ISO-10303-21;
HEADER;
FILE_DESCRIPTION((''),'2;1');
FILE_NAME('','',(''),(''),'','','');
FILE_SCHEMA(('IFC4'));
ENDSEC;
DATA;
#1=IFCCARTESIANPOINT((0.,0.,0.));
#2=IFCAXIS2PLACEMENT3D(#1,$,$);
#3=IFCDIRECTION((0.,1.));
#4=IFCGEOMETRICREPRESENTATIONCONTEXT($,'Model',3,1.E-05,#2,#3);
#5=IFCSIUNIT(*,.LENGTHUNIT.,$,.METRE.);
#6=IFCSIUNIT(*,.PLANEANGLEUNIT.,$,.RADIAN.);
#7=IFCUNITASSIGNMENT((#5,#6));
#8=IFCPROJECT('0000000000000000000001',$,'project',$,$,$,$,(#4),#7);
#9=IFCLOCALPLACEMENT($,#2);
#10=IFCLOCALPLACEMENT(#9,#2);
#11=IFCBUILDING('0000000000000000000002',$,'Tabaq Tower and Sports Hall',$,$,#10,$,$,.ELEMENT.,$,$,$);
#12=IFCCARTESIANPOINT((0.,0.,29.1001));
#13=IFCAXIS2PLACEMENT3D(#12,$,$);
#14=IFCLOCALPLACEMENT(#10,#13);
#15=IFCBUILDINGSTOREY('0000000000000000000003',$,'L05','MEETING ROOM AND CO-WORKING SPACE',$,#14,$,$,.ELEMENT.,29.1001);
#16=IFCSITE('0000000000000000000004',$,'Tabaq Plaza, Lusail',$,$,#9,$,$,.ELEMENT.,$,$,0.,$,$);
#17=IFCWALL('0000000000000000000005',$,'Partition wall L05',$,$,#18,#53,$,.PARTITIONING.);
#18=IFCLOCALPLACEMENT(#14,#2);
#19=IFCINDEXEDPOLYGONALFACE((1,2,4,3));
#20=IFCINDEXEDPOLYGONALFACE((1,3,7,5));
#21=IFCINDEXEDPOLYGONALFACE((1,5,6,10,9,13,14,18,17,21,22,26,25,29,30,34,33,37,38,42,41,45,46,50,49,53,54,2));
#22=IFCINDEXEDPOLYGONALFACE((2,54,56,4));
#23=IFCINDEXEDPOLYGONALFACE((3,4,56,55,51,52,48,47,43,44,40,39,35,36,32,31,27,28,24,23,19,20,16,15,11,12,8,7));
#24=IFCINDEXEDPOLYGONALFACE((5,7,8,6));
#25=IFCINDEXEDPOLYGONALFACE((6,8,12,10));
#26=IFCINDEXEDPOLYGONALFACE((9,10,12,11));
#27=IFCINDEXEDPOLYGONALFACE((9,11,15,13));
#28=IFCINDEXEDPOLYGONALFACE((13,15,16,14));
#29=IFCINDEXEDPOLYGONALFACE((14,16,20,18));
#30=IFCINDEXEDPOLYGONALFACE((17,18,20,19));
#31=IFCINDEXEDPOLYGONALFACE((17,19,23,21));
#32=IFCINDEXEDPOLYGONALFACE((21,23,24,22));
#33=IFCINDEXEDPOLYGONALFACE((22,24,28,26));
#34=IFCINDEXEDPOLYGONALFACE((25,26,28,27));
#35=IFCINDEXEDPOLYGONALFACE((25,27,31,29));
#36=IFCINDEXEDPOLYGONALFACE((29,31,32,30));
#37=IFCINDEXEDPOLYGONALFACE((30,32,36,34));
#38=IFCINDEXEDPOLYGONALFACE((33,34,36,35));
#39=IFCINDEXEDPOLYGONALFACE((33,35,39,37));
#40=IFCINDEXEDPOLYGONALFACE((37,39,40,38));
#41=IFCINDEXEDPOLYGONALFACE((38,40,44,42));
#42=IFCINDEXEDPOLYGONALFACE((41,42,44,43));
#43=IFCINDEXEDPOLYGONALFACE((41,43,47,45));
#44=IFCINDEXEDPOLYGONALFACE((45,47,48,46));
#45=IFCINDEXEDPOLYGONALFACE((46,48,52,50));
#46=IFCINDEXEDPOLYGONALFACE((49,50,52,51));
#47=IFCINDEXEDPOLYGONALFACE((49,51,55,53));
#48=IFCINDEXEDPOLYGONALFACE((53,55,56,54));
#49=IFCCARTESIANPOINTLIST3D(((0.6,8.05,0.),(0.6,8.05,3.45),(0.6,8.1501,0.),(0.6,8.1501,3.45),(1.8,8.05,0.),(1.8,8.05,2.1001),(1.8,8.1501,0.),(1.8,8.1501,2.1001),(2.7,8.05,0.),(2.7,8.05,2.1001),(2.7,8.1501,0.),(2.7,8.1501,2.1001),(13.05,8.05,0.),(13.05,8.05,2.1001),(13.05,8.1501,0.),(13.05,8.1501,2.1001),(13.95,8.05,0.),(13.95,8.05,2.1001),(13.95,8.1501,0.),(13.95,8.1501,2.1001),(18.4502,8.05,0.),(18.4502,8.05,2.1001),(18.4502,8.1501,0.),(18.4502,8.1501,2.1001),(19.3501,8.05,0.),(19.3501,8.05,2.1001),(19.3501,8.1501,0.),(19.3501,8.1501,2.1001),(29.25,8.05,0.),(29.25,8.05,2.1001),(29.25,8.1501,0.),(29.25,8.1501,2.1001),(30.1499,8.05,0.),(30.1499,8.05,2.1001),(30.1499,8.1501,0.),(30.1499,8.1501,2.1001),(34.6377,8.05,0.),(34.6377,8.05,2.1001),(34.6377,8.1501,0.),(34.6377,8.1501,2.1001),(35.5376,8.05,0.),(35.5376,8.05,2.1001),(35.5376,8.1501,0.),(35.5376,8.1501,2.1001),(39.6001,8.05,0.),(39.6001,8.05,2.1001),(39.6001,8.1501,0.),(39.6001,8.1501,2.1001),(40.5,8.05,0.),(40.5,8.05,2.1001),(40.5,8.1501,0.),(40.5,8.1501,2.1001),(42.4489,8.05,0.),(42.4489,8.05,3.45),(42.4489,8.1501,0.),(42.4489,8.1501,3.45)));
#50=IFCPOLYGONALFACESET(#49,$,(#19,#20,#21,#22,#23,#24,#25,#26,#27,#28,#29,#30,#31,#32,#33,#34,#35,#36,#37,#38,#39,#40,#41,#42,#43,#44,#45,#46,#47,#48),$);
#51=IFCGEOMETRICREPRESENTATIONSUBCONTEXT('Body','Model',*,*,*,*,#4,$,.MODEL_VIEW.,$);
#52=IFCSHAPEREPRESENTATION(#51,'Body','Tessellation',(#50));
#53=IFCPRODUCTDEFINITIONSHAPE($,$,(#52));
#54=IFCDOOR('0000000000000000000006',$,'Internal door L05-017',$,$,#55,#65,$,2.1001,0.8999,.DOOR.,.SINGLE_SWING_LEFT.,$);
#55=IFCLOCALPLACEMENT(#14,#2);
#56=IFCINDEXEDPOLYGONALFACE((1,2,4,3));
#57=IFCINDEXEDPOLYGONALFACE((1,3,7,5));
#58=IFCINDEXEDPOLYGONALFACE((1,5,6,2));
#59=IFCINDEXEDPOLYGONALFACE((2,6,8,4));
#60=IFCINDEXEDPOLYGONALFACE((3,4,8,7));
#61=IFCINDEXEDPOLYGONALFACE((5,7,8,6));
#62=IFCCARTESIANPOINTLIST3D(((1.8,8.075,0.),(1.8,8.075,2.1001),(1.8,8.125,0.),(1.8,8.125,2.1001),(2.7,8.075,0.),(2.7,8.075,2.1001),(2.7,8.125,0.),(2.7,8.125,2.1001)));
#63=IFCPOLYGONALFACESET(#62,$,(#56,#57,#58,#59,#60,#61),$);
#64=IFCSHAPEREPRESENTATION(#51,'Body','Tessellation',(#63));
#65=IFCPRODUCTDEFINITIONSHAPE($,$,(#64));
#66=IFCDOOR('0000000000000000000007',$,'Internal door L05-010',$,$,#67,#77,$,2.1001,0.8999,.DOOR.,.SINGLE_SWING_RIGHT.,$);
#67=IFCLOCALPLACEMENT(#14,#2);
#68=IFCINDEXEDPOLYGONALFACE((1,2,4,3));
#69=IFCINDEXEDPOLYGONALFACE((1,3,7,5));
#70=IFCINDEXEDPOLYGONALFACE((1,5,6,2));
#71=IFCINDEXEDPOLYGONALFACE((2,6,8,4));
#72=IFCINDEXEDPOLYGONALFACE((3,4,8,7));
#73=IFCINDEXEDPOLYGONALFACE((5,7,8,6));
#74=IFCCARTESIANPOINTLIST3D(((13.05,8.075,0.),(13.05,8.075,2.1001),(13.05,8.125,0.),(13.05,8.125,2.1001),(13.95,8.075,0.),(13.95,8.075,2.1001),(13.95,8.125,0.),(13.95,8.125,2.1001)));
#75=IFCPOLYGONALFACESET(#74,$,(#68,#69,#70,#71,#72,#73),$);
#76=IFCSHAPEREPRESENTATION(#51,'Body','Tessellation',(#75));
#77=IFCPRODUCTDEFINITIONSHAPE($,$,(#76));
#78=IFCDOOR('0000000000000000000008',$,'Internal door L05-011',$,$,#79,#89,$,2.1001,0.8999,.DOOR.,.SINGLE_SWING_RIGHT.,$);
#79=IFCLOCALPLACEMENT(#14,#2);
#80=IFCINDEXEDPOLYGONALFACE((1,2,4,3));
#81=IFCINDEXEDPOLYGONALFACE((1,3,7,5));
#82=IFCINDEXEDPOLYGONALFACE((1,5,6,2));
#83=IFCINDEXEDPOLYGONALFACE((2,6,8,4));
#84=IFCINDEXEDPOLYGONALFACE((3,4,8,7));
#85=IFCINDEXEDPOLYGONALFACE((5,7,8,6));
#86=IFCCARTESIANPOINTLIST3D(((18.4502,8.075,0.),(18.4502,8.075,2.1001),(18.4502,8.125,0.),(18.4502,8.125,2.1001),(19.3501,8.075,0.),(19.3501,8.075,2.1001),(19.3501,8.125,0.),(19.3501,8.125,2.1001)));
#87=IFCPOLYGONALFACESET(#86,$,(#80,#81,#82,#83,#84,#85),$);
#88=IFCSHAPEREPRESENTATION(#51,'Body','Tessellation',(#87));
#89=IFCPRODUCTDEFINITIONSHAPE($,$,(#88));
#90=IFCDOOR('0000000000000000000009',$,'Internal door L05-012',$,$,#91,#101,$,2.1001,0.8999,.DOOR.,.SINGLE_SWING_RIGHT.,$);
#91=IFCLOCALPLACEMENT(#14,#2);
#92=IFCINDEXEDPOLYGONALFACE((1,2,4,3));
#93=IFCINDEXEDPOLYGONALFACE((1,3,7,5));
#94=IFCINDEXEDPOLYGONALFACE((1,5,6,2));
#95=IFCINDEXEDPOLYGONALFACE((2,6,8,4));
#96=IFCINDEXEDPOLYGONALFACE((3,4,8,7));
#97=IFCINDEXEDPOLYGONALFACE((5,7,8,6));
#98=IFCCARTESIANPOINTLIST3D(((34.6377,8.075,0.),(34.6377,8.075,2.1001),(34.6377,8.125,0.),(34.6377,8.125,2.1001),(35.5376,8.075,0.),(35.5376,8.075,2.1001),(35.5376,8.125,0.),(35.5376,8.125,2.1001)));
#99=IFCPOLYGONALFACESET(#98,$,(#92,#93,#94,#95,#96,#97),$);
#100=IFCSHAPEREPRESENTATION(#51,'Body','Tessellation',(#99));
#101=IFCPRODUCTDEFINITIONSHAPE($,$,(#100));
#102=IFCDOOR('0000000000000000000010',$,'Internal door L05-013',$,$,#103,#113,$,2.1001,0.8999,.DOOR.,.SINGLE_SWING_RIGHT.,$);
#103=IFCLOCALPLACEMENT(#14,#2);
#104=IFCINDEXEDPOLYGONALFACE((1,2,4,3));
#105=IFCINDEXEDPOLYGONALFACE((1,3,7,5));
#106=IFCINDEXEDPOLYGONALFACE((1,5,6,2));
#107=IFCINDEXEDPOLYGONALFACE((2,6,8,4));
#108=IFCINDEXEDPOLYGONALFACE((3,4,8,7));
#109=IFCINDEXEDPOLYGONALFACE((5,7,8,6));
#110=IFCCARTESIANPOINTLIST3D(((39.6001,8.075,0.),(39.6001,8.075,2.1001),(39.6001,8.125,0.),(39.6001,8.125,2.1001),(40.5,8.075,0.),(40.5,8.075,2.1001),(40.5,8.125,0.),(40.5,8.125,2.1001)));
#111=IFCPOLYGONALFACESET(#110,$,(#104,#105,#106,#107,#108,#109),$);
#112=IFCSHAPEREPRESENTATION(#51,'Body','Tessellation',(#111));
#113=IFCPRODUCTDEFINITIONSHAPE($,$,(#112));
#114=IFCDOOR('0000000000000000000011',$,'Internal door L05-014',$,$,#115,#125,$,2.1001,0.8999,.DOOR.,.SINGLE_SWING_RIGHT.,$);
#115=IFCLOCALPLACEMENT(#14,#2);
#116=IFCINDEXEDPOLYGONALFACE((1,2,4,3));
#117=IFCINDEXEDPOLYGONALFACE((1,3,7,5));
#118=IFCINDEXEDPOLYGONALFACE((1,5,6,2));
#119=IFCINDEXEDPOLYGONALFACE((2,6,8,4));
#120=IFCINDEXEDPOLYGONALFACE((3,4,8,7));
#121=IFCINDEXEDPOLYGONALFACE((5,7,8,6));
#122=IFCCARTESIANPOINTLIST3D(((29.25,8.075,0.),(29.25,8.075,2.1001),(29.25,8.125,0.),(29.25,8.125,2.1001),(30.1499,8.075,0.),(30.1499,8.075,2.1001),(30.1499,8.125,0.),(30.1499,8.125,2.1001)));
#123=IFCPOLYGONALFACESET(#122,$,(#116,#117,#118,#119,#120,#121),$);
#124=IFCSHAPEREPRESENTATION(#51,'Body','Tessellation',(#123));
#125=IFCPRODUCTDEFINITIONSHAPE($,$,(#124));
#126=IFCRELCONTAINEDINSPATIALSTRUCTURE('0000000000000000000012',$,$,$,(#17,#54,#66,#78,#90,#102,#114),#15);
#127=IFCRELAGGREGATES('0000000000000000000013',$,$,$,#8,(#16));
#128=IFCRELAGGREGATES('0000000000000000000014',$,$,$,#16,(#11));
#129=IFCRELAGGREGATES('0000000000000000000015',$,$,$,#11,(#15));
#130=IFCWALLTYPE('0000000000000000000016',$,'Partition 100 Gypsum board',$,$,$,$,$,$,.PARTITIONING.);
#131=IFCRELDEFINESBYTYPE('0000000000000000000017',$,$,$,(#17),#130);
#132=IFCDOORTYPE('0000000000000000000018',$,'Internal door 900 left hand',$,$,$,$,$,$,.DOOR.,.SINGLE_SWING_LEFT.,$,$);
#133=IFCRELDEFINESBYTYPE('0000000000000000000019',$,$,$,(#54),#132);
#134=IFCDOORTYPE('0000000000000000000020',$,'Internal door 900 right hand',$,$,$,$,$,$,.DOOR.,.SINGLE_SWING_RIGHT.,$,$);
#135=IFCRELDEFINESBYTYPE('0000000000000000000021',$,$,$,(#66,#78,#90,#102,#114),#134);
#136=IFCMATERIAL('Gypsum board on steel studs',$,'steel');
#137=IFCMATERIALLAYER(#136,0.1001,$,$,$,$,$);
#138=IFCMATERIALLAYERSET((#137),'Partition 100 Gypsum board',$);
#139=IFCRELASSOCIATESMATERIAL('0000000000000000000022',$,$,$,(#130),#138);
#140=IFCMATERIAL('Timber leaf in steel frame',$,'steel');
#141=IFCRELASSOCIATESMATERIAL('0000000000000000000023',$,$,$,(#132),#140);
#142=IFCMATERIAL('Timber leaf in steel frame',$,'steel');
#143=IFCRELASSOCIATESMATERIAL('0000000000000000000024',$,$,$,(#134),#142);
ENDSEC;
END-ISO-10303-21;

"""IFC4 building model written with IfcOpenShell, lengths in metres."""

from ifc_helpers import new_model, si_unit, direction, frame, frame_2d, origin, place, context, subcontext, project, spatial, rectangle, extrude, material, layer, layer_set, type_object, element, fill, save


model = new_model("IFC4")

# Units and contexts
model_context = context("Model", 3, precision=1e-05, world=origin(), true_north=direction((0.0, 1.0)))
body_context = subcontext(model_context, "Body", "Model", "MODEL_VIEW")
ifc_project = project(units=[si_unit("LENGTHUNIT", "METRE"), si_unit("PLANEANGLEUNIT", "RADIAN")], contexts=[model_context])

# Site, building, storey
site_placement = place(None, origin())
site = spatial("IfcSite", under=ifc_project, at=site_placement, Name="Tabaq Plaza, Lusail", CompositionType="ELEMENT", RefElevation=0.0)
building_placement = place(site_placement, origin())
building = spatial("IfcBuilding", under=site, at=building_placement, Name="Tabaq Tower and Sports Hall", CompositionType="ELEMENT")
storey_placement = place(building_placement, frame((0.0, 0.0, 29.1001)))
storey = spatial("IfcBuildingStorey", under=building, at=storey_placement, Name="L05", Description="MEETING ROOM AND CO-WORKING SPACE", CompositionType="ELEMENT", Elevation=29.1001)

# Wall, openings, doors
ifc_material_1 = material(Name="Gypsum board on steel studs", Category="steel")
ifc_layer_1 = layer(ifc_material_1, 0.1001)
ifc_layer_set_1 = layer_set([ifc_layer_1], Name="Partition 100 Gypsum board")
wall_type = type_object("IfcWallType", Name="Partition 100 Gypsum board", PredefinedType="PARTITIONING", material=ifc_layer_set_1)
wall_placement = place(storey_placement, frame((0.6001, 8.1001, 0.0), z_axis=(0.0, 0.0, 1.0), x_axis=(1.0, 0.0, 0.0)))
wall = element("IfcWall", 1, at=wall_placement, inside=storey, type_object=wall_type, Name="Partition wall L05", PredefinedType="PARTITIONING", context=body_context, shape_type="SweptSolid", body=[
    extrude(rectangle(XDim=41.8489, YDim=0.1001, at=frame_2d((20.9243, 0.0))), origin(), (0.0, 0.0, 1.0), 3.45),
])
opening_1_placement = place(wall_placement, frame((12.45, 0.0, 0.0)))
opening_1 = element("IfcOpeningElement", 2, at=opening_1_placement, cuts=wall, PredefinedType="OPENING", context=body_context, shape_type="SweptSolid", body=[
    extrude(rectangle(XDim=0.8999, YDim=2.1001, at=frame_2d((0.45, 1.05))), frame((0.0, 0.05, 0.0), z_axis=(0.0, -1.0, 0.0), x_axis=(1.0, 0.0, 0.0)), (0.0, 0.0, 1.0), 0.1001),
])
opening_2_placement = place(wall_placement, frame((17.8501, 0.0, 0.0)))
opening_2 = element("IfcOpeningElement", 3, at=opening_2_placement, cuts=wall, PredefinedType="OPENING", context=body_context, shape_type="SweptSolid", body=[
    extrude(rectangle(XDim=0.8999, YDim=2.1001, at=frame_2d((0.45, 1.05))), frame((0.0, 0.05, 0.0), z_axis=(0.0, -1.0, 0.0), x_axis=(1.0, 0.0, 0.0)), (0.0, 0.0, 1.0), 0.1001),
])
opening_3_placement = place(wall_placement, frame((34.0376, 0.0, 0.0)))
opening_3 = element("IfcOpeningElement", 4, at=opening_3_placement, cuts=wall, PredefinedType="OPENING", context=body_context, shape_type="SweptSolid", body=[
    extrude(rectangle(XDim=0.8999, YDim=2.1001, at=frame_2d((0.45, 1.05))), frame((0.0, 0.05, 0.0), z_axis=(0.0, -1.0, 0.0), x_axis=(1.0, 0.0, 0.0)), (0.0, 0.0, 1.0), 0.1001),
])
opening_4_placement = place(wall_placement, frame((39.0, 0.0, 0.0)))
opening_4 = element("IfcOpeningElement", 5, at=opening_4_placement, cuts=wall, PredefinedType="OPENING", context=body_context, shape_type="SweptSolid", body=[
    extrude(rectangle(XDim=0.8999, YDim=2.1001, at=frame_2d((0.45, 1.05))), frame((0.0, 0.05, 0.0), z_axis=(0.0, -1.0, 0.0), x_axis=(1.0, 0.0, 0.0)), (0.0, 0.0, 1.0), 0.1001),
])
opening_5_placement = place(wall_placement, frame((28.6499, 0.0, 0.0)))
opening_5 = element("IfcOpeningElement", 6, at=opening_5_placement, cuts=wall, PredefinedType="OPENING", context=body_context, shape_type="SweptSolid", body=[
    extrude(rectangle(XDim=0.8999, YDim=2.1001, at=frame_2d((0.45, 1.05))), frame((0.0, 0.05, 0.0), z_axis=(0.0, -1.0, 0.0), x_axis=(1.0, 0.0, 0.0)), (0.0, 0.0, 1.0), 0.1001),
])
opening_6_placement = place(wall_placement, frame((1.2, 0.0, 0.0)))
opening_6 = element("IfcOpeningElement", 7, at=opening_6_placement, cuts=wall, PredefinedType="OPENING", context=body_context, shape_type="SweptSolid", body=[
    extrude(rectangle(XDim=0.8999, YDim=2.1001, at=frame_2d((0.45, 1.05))), frame((0.0, 0.05, 0.0), z_axis=(0.0, -1.0, 0.0), x_axis=(1.0, 0.0, 0.0)), (0.0, 0.0, 1.0), 0.1001),
])
ifc_material_2 = material(Name="Timber leaf in steel frame", Category="steel")
door_type_1 = type_object("IfcDoorType", Name="Internal door 900 left hand", OperationType="SINGLE_SWING_LEFT", PredefinedType="DOOR", material=ifc_material_2)
door_1_placement = place(opening_6_placement, origin())
door_1 = element("IfcDoor", 8, at=door_1_placement, inside=storey, type_object=door_type_1, Name="Internal door L05-017", OperationType="SINGLE_SWING_LEFT", OverallHeight=2.1001, OverallWidth=0.8999, PredefinedType="DOOR", context=body_context, shape_type="SweptSolid", body=[
    extrude(rectangle(XDim=0.8999, YDim=2.1001, at=frame_2d((0.45, 1.05))), frame((0.0, 0.0249, 0.0), z_axis=(0.0, -1.0, 0.0), x_axis=(1.0, 0.0, 0.0)), (0.0, 0.0, 1.0), 0.05),
])
fill(opening_6, door_1)
ifc_material_3 = material(Name="Timber leaf in steel frame", Category="steel")
door_type_2 = type_object("IfcDoorType", Name="Internal door 900 right hand", OperationType="SINGLE_SWING_RIGHT", PredefinedType="DOOR", material=ifc_material_3)
door_2_placement = place(opening_1_placement, origin())
door_2 = element("IfcDoor", 9, at=door_2_placement, inside=storey, type_object=door_type_2, Name="Internal door L05-010", OperationType="SINGLE_SWING_RIGHT", OverallHeight=2.1001, OverallWidth=0.8999, PredefinedType="DOOR", context=body_context, shape_type="SweptSolid", body=[
    extrude(rectangle(XDim=0.8999, YDim=2.1001, at=frame_2d((0.45, 1.05))), frame((0.0, 0.0249, 0.0), z_axis=(0.0, -1.0, 0.0), x_axis=(1.0, 0.0, 0.0)), (0.0, 0.0, 1.0), 0.05),
])
fill(opening_1, door_2)
door_3_placement = place(opening_2_placement, origin())
door_3 = element("IfcDoor", 10, at=door_3_placement, inside=storey, type_object=door_type_2, Name="Internal door L05-011", OperationType="SINGLE_SWING_RIGHT", OverallHeight=2.1001, OverallWidth=0.8999, PredefinedType="DOOR", context=body_context, shape_type="SweptSolid", body=[
    extrude(rectangle(XDim=0.8999, YDim=2.1001, at=frame_2d((0.45, 1.05))), frame((0.0, 0.0249, 0.0), z_axis=(0.0, -1.0, 0.0), x_axis=(1.0, 0.0, 0.0)), (0.0, 0.0, 1.0), 0.05),
])
fill(opening_2, door_3)
door_4_placement = place(opening_3_placement, origin())
door_4 = element("IfcDoor", 11, at=door_4_placement, inside=storey, type_object=door_type_2, Name="Internal door L05-012", OperationType="SINGLE_SWING_RIGHT", OverallHeight=2.1001, OverallWidth=0.8999, PredefinedType="DOOR", context=body_context, shape_type="SweptSolid", body=[
    extrude(rectangle(XDim=0.8999, YDim=2.1001, at=frame_2d((0.45, 1.05))), frame((0.0, 0.0249, 0.0), z_axis=(0.0, -1.0, 0.0), x_axis=(1.0, 0.0, 0.0)), (0.0, 0.0, 1.0), 0.05),
])
fill(opening_3, door_4)
door_5_placement = place(opening_4_placement, origin())
door_5 = element("IfcDoor", 12, at=door_5_placement, inside=storey, type_object=door_type_2, Name="Internal door L05-013", OperationType="SINGLE_SWING_RIGHT", OverallHeight=2.1001, OverallWidth=0.8999, PredefinedType="DOOR", context=body_context, shape_type="SweptSolid", body=[
    extrude(rectangle(XDim=0.8999, YDim=2.1001, at=frame_2d((0.45, 1.05))), frame((0.0, 0.0249, 0.0), z_axis=(0.0, -1.0, 0.0), x_axis=(1.0, 0.0, 0.0)), (0.0, 0.0, 1.0), 0.05),
])
fill(opening_4, door_5)
door_6_placement = place(opening_5_placement, origin())
door_6 = element("IfcDoor", 13, at=door_6_placement, inside=storey, type_object=door_type_2, Name="Internal door L05-014", OperationType="SINGLE_SWING_RIGHT", OverallHeight=2.1001, OverallWidth=0.8999, PredefinedType="DOOR", context=body_context, shape_type="SweptSolid", body=[
    extrude(rectangle(XDim=0.8999, YDim=2.1001, at=frame_2d((0.45, 1.05))), frame((0.0, 0.0249, 0.0), z_axis=(0.0, -1.0, 0.0), x_axis=(1.0, 0.0, 0.0)), (0.0, 0.0, 1.0), 0.05),
])
fill(opening_5, door_6)

save(model, "model.ifc")
